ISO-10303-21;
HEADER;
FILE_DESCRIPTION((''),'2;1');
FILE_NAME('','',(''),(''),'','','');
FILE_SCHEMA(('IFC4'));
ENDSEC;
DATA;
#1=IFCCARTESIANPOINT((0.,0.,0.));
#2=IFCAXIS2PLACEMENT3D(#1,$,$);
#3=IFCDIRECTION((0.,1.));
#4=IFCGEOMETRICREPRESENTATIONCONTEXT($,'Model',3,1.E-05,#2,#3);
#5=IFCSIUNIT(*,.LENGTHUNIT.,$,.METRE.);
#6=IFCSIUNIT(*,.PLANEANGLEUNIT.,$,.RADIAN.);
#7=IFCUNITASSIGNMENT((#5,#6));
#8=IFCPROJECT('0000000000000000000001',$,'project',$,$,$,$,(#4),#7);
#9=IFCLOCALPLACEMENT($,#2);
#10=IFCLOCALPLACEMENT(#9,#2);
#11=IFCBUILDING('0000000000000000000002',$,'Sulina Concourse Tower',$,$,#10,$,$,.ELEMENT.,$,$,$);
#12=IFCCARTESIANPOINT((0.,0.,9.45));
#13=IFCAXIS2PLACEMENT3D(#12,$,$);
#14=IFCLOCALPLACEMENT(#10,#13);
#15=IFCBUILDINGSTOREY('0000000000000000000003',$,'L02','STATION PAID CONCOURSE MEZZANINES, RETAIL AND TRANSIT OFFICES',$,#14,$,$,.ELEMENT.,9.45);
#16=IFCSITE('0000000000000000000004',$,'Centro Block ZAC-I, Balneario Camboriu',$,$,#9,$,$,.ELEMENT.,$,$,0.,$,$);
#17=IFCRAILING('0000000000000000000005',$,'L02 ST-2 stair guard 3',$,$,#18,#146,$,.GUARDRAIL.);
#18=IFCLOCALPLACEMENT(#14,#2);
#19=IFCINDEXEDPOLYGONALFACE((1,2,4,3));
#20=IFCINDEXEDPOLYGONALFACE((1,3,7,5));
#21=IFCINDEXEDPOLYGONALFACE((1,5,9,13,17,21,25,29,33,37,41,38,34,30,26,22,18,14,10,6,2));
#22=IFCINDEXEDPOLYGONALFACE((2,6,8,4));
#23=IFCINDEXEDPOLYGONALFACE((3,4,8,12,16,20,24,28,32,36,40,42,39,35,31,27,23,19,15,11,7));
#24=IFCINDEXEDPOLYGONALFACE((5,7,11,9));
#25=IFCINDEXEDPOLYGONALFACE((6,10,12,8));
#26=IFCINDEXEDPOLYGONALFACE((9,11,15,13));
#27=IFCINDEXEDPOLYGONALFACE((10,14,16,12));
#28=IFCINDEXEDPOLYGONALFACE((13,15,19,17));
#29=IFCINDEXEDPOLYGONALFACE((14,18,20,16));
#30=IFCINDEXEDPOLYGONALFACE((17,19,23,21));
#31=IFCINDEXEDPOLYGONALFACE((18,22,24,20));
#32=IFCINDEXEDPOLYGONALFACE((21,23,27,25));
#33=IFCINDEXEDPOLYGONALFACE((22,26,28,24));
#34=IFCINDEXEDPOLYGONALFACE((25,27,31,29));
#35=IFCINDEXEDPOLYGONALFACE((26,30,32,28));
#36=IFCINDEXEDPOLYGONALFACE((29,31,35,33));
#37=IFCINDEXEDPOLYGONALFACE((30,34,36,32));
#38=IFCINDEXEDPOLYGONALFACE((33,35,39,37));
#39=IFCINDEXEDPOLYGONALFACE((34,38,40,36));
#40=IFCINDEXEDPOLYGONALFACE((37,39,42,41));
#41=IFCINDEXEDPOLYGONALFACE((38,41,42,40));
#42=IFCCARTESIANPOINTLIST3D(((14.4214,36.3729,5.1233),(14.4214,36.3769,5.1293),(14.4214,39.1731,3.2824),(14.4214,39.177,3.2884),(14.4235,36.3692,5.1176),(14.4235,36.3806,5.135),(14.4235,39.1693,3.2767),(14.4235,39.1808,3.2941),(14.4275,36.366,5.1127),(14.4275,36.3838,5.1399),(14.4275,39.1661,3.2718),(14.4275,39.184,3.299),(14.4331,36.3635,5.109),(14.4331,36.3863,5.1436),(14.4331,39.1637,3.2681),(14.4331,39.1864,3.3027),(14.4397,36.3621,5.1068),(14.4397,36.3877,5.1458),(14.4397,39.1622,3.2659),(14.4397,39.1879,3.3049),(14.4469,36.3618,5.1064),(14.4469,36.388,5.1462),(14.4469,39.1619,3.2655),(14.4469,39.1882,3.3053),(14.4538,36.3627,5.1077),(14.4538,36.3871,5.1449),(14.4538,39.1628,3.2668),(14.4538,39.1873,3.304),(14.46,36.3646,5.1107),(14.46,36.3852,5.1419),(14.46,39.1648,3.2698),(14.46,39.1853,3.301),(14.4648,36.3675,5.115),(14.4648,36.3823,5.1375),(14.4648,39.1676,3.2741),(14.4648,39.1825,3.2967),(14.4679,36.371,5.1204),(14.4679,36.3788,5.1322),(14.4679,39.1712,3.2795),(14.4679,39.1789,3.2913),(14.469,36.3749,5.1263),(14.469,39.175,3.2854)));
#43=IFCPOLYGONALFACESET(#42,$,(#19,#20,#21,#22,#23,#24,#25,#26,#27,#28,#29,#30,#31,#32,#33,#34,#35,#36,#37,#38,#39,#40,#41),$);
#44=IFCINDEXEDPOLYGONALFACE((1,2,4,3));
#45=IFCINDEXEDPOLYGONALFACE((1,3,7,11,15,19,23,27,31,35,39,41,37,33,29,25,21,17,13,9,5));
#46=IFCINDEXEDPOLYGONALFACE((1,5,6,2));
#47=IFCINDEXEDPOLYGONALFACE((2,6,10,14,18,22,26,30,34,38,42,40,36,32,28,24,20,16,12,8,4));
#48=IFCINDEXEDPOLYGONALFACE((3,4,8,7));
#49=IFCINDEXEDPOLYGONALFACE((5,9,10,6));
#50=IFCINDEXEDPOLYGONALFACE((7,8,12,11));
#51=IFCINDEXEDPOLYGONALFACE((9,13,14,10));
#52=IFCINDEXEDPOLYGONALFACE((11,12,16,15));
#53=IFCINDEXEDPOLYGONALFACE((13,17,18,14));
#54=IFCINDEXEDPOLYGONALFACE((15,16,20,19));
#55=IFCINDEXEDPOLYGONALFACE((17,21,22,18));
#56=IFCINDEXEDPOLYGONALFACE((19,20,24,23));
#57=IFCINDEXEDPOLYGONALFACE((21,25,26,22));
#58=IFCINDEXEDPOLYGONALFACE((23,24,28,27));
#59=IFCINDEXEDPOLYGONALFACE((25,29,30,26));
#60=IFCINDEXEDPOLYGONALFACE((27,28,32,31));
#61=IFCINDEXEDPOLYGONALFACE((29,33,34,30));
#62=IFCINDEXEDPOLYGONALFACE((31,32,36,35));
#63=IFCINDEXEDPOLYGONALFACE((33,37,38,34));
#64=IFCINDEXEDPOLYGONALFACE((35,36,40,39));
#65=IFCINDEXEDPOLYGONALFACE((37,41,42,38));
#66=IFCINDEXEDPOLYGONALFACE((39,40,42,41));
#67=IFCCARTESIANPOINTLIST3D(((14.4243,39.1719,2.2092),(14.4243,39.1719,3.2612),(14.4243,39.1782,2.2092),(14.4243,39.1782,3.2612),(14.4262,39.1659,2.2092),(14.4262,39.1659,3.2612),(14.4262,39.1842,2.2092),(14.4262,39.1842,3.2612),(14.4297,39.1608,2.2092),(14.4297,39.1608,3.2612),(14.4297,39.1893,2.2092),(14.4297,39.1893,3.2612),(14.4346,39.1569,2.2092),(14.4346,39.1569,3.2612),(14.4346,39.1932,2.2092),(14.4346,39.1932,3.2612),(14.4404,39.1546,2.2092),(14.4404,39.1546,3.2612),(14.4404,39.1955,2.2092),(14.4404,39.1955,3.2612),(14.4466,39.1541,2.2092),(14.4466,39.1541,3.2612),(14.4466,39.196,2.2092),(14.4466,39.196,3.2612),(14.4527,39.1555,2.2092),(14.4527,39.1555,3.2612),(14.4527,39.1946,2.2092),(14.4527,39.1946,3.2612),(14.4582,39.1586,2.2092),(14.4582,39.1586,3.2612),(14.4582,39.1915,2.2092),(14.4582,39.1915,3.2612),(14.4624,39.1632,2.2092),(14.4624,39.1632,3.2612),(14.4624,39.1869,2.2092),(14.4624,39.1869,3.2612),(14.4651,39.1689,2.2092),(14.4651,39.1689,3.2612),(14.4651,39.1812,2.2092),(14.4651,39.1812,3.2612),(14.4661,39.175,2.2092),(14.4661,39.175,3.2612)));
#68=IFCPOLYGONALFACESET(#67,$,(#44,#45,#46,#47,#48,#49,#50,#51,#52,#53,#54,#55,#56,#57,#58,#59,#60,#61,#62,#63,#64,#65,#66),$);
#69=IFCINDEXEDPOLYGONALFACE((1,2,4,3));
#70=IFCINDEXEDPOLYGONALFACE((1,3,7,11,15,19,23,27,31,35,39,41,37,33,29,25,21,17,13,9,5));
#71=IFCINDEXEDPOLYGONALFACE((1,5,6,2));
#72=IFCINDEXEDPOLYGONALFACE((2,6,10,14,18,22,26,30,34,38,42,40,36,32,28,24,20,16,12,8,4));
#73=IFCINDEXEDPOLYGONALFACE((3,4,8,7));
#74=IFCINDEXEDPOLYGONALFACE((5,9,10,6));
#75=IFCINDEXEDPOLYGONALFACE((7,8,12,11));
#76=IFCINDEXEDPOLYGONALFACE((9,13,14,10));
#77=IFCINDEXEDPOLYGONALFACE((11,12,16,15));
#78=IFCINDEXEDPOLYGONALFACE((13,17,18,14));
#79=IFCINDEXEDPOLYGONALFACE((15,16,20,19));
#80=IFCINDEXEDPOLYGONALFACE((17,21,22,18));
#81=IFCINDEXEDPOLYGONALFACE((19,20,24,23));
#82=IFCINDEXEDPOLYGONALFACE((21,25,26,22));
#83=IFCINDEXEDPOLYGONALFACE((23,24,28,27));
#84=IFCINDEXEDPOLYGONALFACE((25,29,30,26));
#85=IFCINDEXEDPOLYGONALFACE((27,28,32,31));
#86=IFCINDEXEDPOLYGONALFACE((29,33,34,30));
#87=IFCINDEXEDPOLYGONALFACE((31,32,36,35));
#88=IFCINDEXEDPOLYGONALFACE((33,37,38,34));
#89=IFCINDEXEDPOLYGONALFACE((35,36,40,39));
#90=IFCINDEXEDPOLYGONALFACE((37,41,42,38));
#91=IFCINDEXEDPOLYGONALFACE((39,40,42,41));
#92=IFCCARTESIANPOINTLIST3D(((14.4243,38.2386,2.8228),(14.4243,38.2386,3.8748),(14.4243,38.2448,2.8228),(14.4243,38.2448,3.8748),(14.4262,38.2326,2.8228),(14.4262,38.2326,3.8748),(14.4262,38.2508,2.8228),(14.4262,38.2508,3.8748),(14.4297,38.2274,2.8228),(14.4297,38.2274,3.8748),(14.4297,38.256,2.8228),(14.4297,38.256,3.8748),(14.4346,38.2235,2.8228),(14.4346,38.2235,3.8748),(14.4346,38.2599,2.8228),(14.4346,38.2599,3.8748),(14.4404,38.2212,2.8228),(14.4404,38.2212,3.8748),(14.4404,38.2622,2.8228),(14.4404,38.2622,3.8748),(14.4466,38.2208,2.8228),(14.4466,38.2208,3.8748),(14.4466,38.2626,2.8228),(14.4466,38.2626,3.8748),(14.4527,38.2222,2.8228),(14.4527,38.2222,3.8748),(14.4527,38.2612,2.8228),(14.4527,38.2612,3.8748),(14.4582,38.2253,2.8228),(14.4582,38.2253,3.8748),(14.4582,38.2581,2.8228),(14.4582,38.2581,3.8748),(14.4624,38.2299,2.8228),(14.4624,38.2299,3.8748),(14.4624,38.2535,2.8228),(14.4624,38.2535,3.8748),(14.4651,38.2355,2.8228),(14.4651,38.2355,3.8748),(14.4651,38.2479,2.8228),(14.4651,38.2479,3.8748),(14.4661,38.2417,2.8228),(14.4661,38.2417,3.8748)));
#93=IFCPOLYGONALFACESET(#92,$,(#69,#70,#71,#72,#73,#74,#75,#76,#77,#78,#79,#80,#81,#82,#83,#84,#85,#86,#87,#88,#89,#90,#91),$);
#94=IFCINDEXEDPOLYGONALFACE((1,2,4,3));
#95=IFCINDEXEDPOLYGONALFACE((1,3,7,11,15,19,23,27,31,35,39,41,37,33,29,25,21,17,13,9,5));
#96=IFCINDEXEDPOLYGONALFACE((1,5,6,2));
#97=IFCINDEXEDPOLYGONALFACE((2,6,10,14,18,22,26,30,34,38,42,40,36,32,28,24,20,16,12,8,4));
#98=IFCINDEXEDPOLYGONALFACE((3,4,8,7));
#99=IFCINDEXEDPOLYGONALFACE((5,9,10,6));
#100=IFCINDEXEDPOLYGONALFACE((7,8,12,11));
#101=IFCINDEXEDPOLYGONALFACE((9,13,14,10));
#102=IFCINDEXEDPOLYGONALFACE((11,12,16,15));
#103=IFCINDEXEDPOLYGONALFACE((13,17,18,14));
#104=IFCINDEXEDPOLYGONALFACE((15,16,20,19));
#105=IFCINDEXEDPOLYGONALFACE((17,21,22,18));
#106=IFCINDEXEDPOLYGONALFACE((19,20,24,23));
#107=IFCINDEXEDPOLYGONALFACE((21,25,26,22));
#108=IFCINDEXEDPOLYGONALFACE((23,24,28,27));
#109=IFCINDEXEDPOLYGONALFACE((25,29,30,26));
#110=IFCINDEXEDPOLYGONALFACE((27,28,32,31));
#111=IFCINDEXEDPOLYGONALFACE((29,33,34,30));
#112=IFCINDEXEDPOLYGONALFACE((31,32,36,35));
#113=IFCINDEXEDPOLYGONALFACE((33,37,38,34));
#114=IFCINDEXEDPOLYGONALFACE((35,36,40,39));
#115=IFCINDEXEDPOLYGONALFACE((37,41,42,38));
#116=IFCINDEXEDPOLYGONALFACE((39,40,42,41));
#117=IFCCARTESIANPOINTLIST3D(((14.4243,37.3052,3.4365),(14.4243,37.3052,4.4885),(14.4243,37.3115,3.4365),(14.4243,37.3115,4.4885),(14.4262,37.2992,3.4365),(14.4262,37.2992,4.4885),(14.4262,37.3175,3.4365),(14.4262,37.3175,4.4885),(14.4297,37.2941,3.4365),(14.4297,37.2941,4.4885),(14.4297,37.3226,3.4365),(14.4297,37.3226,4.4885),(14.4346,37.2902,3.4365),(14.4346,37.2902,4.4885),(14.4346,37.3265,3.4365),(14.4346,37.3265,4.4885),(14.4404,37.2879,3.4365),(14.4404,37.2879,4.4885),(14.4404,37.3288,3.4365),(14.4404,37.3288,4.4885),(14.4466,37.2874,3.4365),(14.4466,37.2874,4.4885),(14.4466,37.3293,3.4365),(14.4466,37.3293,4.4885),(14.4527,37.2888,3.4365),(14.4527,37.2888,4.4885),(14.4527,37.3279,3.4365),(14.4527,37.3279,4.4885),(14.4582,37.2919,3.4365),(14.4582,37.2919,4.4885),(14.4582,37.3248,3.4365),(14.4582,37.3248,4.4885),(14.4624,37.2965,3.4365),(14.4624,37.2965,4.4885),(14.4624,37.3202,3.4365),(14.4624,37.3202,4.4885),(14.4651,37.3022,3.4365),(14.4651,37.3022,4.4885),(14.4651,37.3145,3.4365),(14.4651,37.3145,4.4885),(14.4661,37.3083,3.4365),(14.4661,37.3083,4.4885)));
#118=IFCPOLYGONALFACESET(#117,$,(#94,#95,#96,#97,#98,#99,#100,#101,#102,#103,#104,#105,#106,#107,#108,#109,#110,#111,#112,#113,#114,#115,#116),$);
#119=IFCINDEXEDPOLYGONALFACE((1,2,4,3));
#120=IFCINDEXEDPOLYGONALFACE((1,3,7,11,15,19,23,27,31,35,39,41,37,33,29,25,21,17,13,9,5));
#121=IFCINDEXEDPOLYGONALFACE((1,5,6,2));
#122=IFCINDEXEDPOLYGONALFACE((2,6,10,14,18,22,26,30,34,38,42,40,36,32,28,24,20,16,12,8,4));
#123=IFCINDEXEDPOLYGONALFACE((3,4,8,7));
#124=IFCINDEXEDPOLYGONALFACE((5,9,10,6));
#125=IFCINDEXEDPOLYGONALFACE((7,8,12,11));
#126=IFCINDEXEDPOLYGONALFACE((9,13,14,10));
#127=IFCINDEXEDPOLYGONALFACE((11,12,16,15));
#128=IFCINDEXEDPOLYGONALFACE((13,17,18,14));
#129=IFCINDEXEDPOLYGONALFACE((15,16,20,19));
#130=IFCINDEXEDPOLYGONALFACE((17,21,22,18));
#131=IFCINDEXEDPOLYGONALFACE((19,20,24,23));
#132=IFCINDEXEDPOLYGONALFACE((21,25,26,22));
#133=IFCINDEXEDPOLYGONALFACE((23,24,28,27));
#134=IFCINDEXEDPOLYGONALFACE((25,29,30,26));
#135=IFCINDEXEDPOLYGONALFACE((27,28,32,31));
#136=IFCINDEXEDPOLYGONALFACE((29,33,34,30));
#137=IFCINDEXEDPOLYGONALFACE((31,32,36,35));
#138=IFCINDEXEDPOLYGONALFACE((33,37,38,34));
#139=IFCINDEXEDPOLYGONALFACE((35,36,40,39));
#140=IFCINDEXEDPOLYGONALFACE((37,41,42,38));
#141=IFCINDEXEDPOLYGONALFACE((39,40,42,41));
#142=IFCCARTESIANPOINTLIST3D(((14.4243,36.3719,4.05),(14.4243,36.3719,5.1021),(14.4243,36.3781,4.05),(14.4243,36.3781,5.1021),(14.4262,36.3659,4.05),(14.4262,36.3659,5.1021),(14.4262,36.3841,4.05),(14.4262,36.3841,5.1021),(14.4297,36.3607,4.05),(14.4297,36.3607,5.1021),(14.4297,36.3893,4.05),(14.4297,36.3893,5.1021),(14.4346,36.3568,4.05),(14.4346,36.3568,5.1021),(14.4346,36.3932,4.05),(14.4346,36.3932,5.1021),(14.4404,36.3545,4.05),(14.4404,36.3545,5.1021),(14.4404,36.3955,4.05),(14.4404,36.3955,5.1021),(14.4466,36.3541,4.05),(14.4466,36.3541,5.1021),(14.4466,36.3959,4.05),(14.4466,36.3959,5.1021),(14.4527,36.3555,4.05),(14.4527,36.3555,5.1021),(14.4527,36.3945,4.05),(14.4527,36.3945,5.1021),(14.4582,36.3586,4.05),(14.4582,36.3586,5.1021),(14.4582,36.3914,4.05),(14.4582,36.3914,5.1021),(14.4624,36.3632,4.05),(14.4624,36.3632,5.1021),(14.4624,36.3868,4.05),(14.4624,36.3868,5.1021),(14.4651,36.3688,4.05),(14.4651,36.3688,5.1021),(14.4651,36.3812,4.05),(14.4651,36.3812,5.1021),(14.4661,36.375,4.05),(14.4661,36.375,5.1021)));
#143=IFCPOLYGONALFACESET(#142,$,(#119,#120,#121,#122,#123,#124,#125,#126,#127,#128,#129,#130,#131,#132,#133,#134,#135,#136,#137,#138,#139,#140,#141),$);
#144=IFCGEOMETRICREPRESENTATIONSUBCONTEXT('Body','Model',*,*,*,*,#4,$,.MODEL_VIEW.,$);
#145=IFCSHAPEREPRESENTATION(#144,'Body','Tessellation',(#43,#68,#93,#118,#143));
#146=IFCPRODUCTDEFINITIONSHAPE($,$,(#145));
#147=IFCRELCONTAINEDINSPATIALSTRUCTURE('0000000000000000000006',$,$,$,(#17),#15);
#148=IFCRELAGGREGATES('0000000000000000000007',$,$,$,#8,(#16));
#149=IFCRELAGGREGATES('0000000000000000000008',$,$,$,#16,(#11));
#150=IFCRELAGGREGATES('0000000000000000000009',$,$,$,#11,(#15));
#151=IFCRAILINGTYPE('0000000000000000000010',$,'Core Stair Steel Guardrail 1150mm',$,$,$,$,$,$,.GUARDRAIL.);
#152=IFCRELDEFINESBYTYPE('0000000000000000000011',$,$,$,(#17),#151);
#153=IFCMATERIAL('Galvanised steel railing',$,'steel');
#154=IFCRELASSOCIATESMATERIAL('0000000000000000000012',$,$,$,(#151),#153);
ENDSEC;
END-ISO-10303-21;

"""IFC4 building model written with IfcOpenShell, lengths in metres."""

from ifc_helpers import new_model, si_unit, direction, frame, origin, origin_2d, place, context, subcontext, project, spatial, circle, extrude, material, type_object, element, save


model = new_model("IFC4")

# Units and contexts
model_context = context("Model", 3, precision=1e-05, world=origin(), true_north=direction((0.0, 1.0)))
body_context = subcontext(model_context, "Body", "Model", "MODEL_VIEW")
ifc_project = project(units=[si_unit("LENGTHUNIT", "METRE"), si_unit("PLANEANGLEUNIT", "RADIAN")], contexts=[model_context])

# Site, building, storey
site_placement = place(None, origin())
site = spatial("IfcSite", under=ifc_project, at=site_placement, Name="Centro Block ZAC-I, Balneario Camboriu", CompositionType="ELEMENT", RefElevation=0.0)
building_placement = place(site_placement, origin())
building = spatial("IfcBuilding", under=site, at=building_placement, Name="Sulina Concourse Tower", CompositionType="ELEMENT")
storey_placement = place(building_placement, frame((0.0, 0.0, 9.45)))
storey = spatial("IfcBuildingStorey", under=building, at=storey_placement, Name="L02", Description="STATION PAID CONCOURSE MEZZANINES, RETAIL AND TRANSIT OFFICES", CompositionType="ELEMENT", Elevation=9.45)

# Railing
ifc_material_1 = material(Name="Galvanised steel railing", Category="steel")
railing_type_1 = type_object("IfcRailingType", Name="Core Stair Steel Guardrail 1150mm", PredefinedType="GUARDRAIL", material=ifc_material_1)
railing_1_placement = place(storey_placement, frame((14.4451, 39.175, 2.2092)))
element("IfcRailing", 1, at=railing_1_placement, inside=storey, type_object=railing_type_1, Name="L02 ST-2 stair guard 3", PredefinedType="GUARDRAIL", context=body_context, shape_type="SweptSolid", body=[
    extrude(circle(Radius=0.0239, at=origin_2d()), frame((0.0, 0.0, 1.0762), z_axis=(0.0, -0.835598, 0.549342), x_axis=(1.0, 0.0, 0.0)), (0.0, 0.0, 1.0), 3.3511),
    extrude(circle(Radius=0.021, at=origin_2d()), origin(), (0.0, 0.0, 1.0), 1.052),
    extrude(circle(Radius=0.021, at=origin_2d()), frame((0.0, -0.9333, 0.6135)), (0.0, 0.0, 1.0), 1.052),
    extrude(circle(Radius=0.021, at=origin_2d()), frame((0.0, -1.8667, 1.2273)), (0.0, 0.0, 1.0), 1.052),
    extrude(circle(Radius=0.021, at=origin_2d()), frame((0.0, -2.8, 1.8408)), (0.0, 0.0, 1.0), 1.052),
])

save(model, "model.ifc")
